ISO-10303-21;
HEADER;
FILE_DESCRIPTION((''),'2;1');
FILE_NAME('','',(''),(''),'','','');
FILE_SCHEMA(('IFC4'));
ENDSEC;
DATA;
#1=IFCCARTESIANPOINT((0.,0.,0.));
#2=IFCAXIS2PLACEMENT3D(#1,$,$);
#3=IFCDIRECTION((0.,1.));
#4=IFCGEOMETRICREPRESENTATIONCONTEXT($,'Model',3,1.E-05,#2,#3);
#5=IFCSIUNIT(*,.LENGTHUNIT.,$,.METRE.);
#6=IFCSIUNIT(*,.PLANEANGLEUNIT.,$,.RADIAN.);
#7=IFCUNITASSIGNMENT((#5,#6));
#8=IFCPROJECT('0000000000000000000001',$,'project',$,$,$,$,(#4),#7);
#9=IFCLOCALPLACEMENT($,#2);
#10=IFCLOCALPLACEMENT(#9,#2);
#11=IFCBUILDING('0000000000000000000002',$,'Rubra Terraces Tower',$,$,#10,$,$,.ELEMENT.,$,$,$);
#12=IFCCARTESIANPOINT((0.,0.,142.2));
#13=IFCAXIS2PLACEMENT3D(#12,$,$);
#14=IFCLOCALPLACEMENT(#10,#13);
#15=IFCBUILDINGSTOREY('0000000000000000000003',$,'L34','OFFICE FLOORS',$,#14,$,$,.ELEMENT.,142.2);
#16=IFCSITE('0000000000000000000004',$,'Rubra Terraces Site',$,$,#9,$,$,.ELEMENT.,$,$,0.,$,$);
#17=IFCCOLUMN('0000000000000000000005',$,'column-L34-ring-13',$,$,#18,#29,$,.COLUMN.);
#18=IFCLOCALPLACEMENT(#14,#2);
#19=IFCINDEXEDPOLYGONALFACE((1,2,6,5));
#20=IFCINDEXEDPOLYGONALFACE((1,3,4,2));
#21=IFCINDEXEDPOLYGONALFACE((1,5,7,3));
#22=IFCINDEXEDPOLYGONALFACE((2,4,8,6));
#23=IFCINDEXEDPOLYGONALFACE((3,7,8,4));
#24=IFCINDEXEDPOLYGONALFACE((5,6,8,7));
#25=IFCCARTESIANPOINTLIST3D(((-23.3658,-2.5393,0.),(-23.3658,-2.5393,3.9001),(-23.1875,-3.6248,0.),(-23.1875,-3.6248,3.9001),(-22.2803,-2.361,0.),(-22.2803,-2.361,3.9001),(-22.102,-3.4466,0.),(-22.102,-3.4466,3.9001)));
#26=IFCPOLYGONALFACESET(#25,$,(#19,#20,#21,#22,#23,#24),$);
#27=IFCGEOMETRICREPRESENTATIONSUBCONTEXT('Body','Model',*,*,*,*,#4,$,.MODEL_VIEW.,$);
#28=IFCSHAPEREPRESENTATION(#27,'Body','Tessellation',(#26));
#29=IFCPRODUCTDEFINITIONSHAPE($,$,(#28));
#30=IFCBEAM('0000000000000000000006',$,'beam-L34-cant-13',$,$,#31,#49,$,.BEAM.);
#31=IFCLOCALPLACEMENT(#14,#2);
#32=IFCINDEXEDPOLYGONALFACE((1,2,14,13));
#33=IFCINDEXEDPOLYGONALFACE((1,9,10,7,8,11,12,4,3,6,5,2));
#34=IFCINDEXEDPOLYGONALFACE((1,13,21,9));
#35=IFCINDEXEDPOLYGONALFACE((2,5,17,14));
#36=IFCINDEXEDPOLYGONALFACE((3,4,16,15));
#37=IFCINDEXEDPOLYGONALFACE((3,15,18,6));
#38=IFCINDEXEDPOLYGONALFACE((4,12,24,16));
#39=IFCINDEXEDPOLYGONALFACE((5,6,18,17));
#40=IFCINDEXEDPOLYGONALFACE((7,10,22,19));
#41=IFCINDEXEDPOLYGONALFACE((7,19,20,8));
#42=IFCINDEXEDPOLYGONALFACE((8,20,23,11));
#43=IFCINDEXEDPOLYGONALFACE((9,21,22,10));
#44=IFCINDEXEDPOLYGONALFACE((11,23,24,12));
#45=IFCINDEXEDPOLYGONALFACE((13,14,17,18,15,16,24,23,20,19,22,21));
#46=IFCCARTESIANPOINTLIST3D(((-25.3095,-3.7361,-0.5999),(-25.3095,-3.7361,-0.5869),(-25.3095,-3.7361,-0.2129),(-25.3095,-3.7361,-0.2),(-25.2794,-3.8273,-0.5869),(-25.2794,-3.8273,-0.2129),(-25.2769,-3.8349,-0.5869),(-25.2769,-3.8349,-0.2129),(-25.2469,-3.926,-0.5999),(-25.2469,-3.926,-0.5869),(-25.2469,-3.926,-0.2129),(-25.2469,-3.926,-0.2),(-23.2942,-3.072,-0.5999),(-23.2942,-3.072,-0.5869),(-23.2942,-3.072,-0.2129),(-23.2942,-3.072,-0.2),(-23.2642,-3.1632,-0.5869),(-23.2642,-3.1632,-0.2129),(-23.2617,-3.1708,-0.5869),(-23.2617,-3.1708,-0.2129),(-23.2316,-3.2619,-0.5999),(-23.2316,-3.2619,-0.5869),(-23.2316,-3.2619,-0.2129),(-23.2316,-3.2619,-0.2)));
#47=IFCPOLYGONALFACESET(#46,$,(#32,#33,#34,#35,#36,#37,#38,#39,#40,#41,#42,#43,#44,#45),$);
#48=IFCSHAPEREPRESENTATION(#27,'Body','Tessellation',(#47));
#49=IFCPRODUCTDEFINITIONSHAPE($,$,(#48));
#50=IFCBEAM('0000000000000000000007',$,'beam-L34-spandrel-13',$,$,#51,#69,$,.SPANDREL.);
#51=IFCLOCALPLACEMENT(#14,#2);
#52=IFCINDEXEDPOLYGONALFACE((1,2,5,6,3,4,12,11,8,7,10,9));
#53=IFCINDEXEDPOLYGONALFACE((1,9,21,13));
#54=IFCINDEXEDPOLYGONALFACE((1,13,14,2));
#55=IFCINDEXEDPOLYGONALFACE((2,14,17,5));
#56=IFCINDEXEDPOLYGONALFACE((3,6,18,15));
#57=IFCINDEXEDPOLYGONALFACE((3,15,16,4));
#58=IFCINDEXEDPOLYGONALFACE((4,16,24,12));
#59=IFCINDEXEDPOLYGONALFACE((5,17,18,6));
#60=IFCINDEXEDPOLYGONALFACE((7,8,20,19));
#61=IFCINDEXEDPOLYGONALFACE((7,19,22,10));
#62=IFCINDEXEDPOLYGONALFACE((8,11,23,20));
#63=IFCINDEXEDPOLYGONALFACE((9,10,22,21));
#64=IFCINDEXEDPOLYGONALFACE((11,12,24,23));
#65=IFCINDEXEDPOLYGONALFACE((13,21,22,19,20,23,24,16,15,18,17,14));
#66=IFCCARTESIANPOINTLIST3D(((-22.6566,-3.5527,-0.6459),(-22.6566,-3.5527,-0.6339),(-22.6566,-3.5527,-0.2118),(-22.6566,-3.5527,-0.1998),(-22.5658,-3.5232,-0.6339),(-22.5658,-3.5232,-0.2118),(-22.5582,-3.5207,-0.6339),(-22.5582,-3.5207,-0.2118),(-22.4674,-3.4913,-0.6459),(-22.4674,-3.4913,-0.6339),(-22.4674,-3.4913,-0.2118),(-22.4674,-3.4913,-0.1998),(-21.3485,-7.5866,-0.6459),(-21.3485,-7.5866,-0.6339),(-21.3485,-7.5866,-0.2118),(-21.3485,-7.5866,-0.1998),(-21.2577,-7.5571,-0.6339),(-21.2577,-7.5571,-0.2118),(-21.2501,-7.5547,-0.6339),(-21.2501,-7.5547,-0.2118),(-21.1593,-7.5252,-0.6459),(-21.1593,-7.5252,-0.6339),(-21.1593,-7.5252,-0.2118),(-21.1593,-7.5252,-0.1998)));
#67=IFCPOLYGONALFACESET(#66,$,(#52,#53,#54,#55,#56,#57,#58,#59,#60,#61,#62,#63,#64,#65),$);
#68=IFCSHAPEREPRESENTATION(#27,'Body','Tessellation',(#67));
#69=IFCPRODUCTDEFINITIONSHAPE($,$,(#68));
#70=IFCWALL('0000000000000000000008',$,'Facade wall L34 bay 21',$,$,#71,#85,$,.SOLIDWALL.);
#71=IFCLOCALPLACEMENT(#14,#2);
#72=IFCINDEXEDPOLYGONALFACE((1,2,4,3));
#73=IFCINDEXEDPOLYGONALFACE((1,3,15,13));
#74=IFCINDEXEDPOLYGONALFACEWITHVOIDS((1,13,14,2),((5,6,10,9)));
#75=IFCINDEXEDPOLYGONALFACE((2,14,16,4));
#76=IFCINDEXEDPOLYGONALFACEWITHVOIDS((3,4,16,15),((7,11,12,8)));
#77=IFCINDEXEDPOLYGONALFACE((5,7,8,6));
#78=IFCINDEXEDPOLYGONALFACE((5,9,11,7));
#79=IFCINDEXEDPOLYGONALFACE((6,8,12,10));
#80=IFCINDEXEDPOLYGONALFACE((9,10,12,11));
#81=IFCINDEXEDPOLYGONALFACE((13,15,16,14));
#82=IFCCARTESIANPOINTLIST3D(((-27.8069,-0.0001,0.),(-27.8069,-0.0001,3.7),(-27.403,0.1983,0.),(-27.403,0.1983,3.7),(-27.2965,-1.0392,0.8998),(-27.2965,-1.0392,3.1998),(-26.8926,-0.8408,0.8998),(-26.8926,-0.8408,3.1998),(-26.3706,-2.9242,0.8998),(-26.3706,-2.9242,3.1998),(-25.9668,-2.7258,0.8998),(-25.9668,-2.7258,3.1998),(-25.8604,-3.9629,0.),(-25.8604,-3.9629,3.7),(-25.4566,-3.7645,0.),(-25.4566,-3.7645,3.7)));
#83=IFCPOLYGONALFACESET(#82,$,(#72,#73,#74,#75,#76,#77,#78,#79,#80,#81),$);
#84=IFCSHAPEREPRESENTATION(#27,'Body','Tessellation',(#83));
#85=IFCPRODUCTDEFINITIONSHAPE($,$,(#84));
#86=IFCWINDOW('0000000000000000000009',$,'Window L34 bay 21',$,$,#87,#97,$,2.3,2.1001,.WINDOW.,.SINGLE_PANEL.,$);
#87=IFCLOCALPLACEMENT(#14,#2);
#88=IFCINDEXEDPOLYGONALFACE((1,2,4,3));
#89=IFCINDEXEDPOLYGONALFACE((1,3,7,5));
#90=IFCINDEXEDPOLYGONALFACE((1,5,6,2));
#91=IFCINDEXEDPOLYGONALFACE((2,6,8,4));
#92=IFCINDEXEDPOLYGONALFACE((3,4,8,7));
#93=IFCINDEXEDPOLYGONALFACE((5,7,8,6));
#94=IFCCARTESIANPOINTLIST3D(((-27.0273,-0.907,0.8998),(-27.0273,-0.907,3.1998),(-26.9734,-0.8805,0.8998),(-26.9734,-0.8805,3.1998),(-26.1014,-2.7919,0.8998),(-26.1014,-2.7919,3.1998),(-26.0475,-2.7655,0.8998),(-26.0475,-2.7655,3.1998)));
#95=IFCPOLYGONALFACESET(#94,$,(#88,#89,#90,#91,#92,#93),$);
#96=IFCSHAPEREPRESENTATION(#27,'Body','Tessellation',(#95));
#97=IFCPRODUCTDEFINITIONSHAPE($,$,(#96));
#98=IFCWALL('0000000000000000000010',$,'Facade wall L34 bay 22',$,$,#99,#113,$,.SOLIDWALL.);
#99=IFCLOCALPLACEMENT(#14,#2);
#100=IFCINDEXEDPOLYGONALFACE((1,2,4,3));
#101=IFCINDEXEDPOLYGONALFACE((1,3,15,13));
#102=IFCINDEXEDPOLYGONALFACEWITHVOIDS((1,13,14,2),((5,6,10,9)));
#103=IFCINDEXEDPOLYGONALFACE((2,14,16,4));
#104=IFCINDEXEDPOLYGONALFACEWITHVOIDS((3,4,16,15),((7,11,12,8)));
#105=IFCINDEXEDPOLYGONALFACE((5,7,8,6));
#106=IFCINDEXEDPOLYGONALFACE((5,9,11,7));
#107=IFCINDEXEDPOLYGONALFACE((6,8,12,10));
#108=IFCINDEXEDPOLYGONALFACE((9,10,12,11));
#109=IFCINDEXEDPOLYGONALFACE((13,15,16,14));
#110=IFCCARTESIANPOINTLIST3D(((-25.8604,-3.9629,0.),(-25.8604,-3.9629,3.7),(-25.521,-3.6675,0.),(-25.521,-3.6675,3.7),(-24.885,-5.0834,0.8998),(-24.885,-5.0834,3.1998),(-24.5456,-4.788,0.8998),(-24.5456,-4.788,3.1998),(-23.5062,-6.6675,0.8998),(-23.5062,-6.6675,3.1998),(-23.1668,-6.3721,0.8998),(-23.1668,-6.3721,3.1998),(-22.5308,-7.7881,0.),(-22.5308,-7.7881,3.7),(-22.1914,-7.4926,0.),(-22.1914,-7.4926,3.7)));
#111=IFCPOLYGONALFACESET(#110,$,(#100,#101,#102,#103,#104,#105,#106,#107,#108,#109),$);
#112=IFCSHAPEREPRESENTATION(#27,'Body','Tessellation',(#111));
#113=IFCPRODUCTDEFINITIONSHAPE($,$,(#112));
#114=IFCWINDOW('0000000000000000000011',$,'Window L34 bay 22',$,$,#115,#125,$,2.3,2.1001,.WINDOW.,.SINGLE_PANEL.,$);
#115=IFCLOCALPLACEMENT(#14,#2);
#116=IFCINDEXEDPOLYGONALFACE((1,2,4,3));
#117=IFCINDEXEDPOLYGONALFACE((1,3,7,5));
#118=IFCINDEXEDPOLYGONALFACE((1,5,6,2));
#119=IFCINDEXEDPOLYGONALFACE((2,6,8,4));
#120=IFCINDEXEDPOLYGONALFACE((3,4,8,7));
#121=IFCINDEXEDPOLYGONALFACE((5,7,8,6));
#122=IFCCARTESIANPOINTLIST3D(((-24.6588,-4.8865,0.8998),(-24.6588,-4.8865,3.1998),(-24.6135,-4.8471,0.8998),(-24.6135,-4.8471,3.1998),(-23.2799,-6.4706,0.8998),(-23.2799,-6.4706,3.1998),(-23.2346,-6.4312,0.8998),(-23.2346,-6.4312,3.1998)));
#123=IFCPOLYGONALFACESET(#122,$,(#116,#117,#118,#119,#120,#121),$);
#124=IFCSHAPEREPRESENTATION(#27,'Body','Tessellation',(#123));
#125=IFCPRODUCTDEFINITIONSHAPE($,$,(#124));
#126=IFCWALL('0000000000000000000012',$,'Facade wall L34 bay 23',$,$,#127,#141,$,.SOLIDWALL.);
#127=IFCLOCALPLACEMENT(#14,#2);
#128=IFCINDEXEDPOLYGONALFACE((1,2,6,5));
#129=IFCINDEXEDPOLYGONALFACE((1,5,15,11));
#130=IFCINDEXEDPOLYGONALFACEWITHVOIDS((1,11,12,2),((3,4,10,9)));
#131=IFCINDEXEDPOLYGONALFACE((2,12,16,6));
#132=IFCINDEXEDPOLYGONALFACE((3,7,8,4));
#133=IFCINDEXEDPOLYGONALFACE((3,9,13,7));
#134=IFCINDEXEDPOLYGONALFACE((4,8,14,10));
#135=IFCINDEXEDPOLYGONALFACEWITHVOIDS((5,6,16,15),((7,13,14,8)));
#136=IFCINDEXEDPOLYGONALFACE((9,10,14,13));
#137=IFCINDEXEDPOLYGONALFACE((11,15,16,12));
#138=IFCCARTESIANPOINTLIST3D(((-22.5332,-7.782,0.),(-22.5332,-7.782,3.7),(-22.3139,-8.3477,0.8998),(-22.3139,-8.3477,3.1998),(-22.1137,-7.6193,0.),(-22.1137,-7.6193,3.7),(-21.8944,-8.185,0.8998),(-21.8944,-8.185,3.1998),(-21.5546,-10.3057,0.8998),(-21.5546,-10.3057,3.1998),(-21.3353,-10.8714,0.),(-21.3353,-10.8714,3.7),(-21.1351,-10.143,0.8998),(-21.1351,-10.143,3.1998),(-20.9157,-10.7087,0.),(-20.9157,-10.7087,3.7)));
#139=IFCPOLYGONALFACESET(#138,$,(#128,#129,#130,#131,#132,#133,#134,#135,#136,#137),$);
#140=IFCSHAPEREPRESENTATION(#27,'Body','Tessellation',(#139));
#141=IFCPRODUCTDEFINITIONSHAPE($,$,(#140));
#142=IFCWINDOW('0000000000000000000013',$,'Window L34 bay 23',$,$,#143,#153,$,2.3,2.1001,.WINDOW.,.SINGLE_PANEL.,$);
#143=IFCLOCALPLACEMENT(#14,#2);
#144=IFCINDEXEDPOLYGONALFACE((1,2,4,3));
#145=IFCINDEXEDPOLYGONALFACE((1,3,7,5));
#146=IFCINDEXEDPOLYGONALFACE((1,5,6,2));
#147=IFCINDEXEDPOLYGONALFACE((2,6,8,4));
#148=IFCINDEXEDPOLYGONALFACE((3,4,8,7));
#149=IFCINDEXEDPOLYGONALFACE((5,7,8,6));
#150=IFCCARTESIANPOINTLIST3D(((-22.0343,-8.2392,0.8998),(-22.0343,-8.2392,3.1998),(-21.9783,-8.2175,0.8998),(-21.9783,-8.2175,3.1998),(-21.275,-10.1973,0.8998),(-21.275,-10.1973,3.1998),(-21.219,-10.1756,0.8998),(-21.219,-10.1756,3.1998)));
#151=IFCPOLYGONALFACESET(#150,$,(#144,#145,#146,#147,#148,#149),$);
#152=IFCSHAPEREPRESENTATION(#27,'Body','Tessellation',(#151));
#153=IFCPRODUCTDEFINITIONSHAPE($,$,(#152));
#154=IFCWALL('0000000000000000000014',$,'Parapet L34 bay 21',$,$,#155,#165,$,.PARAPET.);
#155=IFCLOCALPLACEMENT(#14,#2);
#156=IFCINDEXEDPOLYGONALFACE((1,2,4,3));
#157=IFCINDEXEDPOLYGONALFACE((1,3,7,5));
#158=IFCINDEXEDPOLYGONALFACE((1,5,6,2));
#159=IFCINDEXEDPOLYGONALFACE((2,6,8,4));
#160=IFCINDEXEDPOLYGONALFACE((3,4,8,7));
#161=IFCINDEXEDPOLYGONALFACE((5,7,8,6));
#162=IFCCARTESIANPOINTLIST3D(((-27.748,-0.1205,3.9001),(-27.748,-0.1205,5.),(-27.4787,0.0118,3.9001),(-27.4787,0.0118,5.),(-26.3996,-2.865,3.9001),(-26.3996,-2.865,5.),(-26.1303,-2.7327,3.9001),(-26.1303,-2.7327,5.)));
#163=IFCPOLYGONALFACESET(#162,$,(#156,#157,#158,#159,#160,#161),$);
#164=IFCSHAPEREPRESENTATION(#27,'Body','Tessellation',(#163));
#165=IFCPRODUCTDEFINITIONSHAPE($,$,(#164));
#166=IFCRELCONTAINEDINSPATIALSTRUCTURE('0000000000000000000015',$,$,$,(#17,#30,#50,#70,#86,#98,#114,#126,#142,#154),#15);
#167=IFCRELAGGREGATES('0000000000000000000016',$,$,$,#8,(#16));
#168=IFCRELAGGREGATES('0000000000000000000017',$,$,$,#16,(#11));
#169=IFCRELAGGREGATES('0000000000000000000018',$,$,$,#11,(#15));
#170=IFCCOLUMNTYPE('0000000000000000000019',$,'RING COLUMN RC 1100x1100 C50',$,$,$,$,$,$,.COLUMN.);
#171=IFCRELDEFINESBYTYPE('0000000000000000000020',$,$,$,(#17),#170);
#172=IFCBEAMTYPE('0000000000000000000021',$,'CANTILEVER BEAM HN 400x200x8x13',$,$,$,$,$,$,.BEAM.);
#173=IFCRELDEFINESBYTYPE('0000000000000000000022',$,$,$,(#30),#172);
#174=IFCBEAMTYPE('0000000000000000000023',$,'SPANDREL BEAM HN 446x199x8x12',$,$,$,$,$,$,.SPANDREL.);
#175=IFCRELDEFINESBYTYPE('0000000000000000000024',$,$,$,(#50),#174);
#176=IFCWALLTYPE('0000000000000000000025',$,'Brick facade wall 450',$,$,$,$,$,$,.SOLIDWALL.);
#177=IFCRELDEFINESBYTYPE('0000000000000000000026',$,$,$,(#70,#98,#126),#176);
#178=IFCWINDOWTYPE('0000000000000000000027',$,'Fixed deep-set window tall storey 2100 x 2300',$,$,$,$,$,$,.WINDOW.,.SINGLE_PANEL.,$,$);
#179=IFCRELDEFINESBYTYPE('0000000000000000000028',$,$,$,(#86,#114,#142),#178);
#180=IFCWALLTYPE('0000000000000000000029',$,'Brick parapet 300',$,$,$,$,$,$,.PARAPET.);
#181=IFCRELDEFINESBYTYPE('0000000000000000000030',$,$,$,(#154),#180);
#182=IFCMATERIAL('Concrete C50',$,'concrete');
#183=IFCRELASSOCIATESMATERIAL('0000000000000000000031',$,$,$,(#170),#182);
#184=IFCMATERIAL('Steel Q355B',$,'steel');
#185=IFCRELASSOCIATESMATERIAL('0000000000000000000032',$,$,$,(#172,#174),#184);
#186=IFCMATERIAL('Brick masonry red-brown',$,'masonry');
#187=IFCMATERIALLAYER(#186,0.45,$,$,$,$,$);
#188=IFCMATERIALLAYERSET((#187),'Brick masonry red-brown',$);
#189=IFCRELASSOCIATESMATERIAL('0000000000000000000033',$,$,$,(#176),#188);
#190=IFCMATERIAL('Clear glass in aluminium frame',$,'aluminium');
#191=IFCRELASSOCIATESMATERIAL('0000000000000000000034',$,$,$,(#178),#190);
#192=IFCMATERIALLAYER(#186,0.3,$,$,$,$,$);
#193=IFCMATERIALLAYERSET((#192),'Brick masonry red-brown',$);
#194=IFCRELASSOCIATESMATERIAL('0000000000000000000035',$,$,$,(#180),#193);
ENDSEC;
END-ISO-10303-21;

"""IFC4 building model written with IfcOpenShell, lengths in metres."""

from ifc_helpers import new_model, si_unit, direction, frame, frame_2d, origin, origin_2d, place, context, subcontext, project, spatial, rectangle, i_section, extrude, material, layer, layer_set, material_profile, profile_set, type_object, element, fill, save


model = new_model("IFC4")

# Units and contexts
model_context = context("Model", 3, precision=1e-05, world=origin(), true_north=direction((0.0, 1.0)))
body_context = subcontext(model_context, "Body", "Model", "MODEL_VIEW")
ifc_project = project(units=[si_unit("LENGTHUNIT", "METRE"), si_unit("PLANEANGLEUNIT", "RADIAN")], contexts=[model_context])

# Site, building, storey
site_placement = place(None, origin())
site = spatial("IfcSite", under=ifc_project, at=site_placement, Name="Rubra Terraces Site", CompositionType="ELEMENT", RefElevation=0.0)
building_placement = place(site_placement, origin())
building = spatial("IfcBuilding", under=site, at=building_placement, Name="Rubra Terraces Tower", CompositionType="ELEMENT")
storey_placement = place(building_placement, frame((0.0, 0.0, 142.2)))
storey = spatial("IfcBuildingStorey", under=building, at=storey_placement, Name="L34", Description="OFFICE FLOORS", CompositionType="ELEMENT", Elevation=142.2)

# Column
ifc_material_1 = material(Name="Concrete C50", Category="concrete")
ifc_material_profile_1 = material_profile(ifc_material_1, rectangle(XDim=1.1001, YDim=1.1001, at=origin_2d()), Name="RC 1100x1100")
ifc_profile_set_1 = profile_set([ifc_material_profile_1], Name="Concrete C50")
column_type = type_object("IfcColumnType", Name="RING COLUMN RC 1100x1100 C50", PredefinedType="COLUMN", material=ifc_profile_set_1)
column_placement = place(storey_placement, frame((-22.7339, -2.9929, 0.0), z_axis=(0.0, 0.0, 1.0), x_axis=(0.162062, -0.986781, 0.0)))
element("IfcColumn", 1, at=column_placement, inside=storey, type_object=column_type, Name="column-L34-ring-13", PredefinedType="COLUMN", context=body_context, shape_type="SweptSolid", body=[
    extrude(rectangle(XDim=1.1001, YDim=1.1001, at=origin_2d()), origin(), (0.0, 0.0, 1.0), 3.9001),
])

# Beams
ifc_material_2 = material(Name="Steel Q355B", Category="steel")
ifc_material_profile_2 = material_profile(ifc_material_2, i_section(OverallWidth=0.2, OverallDepth=0.3999, WebThickness=0.0081, FlangeThickness=0.0129, at=origin_2d()), Name="HN 400x200x8x13")
ifc_profile_set_2 = profile_set([ifc_material_profile_2], Name="Steel Q355B")
beam_type_1 = type_object("IfcBeamType", Name="CANTILEVER BEAM HN 400x200x8x13", PredefinedType="BEAM", material=ifc_profile_set_2)
beam_1_placement = place(storey_placement, frame((-23.2629, -3.167, -0.3999), z_axis=(-0.949759, -0.312981, 0.0), x_axis=(0.312981, -0.949759, 0.0)))
element("IfcBeam", 2, at=beam_1_placement, inside=storey, type_object=beam_type_1, Name="beam-L34-cant-13", PredefinedType="BEAM", context=body_context, shape_type="SweptSolid", body=[
    extrude(i_section(OverallWidth=0.2, OverallDepth=0.3999, WebThickness=0.0081, FlangeThickness=0.0129, at=origin_2d()), origin(), (0.0, 0.0, 1.0), 2.1218),
])
ifc_material_profile_3 = material_profile(ifc_material_2, i_section(OverallWidth=0.199, OverallDepth=0.446, WebThickness=0.0081, FlangeThickness=0.012, at=origin_2d()), Name="HN 446x199x8x12")
ifc_profile_set_3 = profile_set([ifc_material_profile_3], Name="Steel Q355B")
beam_type_2 = type_object("IfcBeamType", Name="SPANDREL BEAM HN 446x199x8x12", PredefinedType="SPANDREL", material=ifc_profile_set_3)
beam_2_placement = place(storey_placement, frame((-22.562, -3.522, -0.4229), z_axis=(0.308462, -0.951237, 0.0), x_axis=(0.951237, 0.308462, 0.0)))
element("IfcBeam", 3, at=beam_2_placement, inside=storey, type_object=beam_type_2, Name="beam-L34-spandrel-13", PredefinedType="SPANDREL", context=body_context, shape_type="SweptSolid", body=[
    extrude(i_section(OverallWidth=0.199, OverallDepth=0.446, WebThickness=0.0081, FlangeThickness=0.012, at=origin_2d()), origin(), (0.0, 0.0, 1.0), 4.2407),
])

# Walls, openings, windows
ifc_material_3 = material(Name="Brick masonry red-brown", Category="masonry")
ifc_layer_1 = layer(ifc_material_3, 0.45)
ifc_layer_set_1 = layer_set([ifc_layer_1], Name="Brick masonry red-brown")
wall_type_1 = type_object("IfcWallType", Name="Brick facade wall 450", PredefinedType="SOLIDWALL", material=ifc_layer_set_1)
wall_1_placement = place(storey_placement, frame((-27.605, 0.0991, 0.0), z_axis=(0.0, 0.0, 1.0), x_axis=(0.440877, -0.897568, 0.0)))
wall_1 = element("IfcWall", 4, at=wall_1_placement, inside=storey, type_object=wall_type_1, Name="Facade wall L34 bay 21", PredefinedType="SOLIDWALL", context=body_context, shape_type="SweptSolid", body=[
    extrude(rectangle(XDim=4.415, YDim=0.45, at=frame_2d((2.2075, 0.0))), origin(), (0.0, 0.0, 1.0), 3.7),
])
opening_1_placement = place(wall_1_placement, frame((1.1577, 0.0, 0.8999)))
opening_1 = element("IfcOpeningElement", 5, at=opening_1_placement, cuts=wall_1, PredefinedType="OPENING", context=body_context, shape_type="SweptSolid", body=[
    extrude(rectangle(XDim=2.1001, YDim=2.3, at=frame_2d((1.05, 1.1499))), frame((0.0, 0.2349, 0.0), z_axis=(0.0, -1.0, 0.0), x_axis=(1.0, 0.0, 0.0)), (0.0, 0.0, 1.0), 0.47),
])
ifc_material_4 = material(Name="Clear glass in aluminium frame", Category="aluminium")
window_type = type_object("IfcWindowType", Name="Fixed deep-set window tall storey 2100 x 2300", PartitioningType="SINGLE_PANEL", PredefinedType="WINDOW", material=ifc_material_4)
window_1_placement = place(opening_1_placement, origin())
window_1 = element("IfcWindow", 6, at=window_1_placement, inside=storey, type_object=window_type, Name="Window L34 bay 21", OverallHeight=2.3, OverallWidth=2.1001, PartitioningType="SINGLE_PANEL", PredefinedType="WINDOW", context=body_context, shape_type="SweptSolid", body=[
    extrude(rectangle(XDim=2.1001, YDim=2.3, at=frame_2d((1.05, 1.1499))), frame((0.0, 0.135, 0.0), z_axis=(0.0, -1.0, 0.0), x_axis=(1.0, 0.0, 0.0)), (0.0, 0.0, 1.0), 0.0601),
])
fill(opening_1, window_1)
wall_2_placement = place(storey_placement, frame((-25.6907, -3.8152, 0.0), z_axis=(0.0, 0.0, 1.0), x_axis=(0.656553, -0.75428, 0.0)))
wall_2 = element("IfcWall", 7, at=wall_2_placement, inside=storey, type_object=wall_type_1, Name="Facade wall L34 bay 22", PredefinedType="SOLIDWALL", context=body_context, shape_type="SweptSolid", body=[
    extrude(rectangle(XDim=5.0713, YDim=0.45, at=frame_2d((2.5356, 0.0))), origin(), (0.0, 0.0, 1.0), 3.7),
])
opening_2_placement = place(wall_2_placement, frame((1.4856, 0.0, 0.8999)))
opening_2 = element("IfcOpeningElement", 8, at=opening_2_placement, cuts=wall_2, PredefinedType="OPENING", context=body_context, shape_type="SweptSolid", body=[
    extrude(rectangle(XDim=2.1001, YDim=2.3, at=frame_2d((1.05, 1.1499))), frame((0.0, 0.2349, 0.0), z_axis=(0.0, -1.0, 0.0), x_axis=(1.0, 0.0, 0.0)), (0.0, 0.0, 1.0), 0.47),
])
window_2_placement = place(opening_2_placement, origin())
window_2 = element("IfcWindow", 9, at=window_2_placement, inside=storey, type_object=window_type, Name="Window L34 bay 22", OverallHeight=2.3, OverallWidth=2.1001, PartitioningType="SINGLE_PANEL", PredefinedType="WINDOW", context=body_context, shape_type="SweptSolid", body=[
    extrude(rectangle(XDim=2.1001, YDim=2.3, at=frame_2d((1.05, 1.1499))), frame((0.0, 0.135, 0.0), z_axis=(0.0, -1.0, 0.0), x_axis=(1.0, 0.0, 0.0)), (0.0, 0.0, 1.0), 0.0601),
])
fill(opening_2, window_2)
wall_3_placement = place(storey_placement, frame((-22.3235, -7.7007, 0.0), z_axis=(0.0, 0.0, 1.0), x_axis=(0.36155, -0.932353, 0.0)))
wall_3 = element("IfcWall", 10, at=wall_3_placement, inside=storey, type_object=wall_type_1, Name="Facade wall L34 bay 23", PredefinedType="SOLIDWALL", context=body_context, shape_type="SweptSolid", body=[
    extrude(rectangle(XDim=3.3135, YDim=0.45, at=frame_2d((1.6567, 0.0))), origin(), (0.0, 0.0, 1.0), 3.7),
])
opening_3_placement = place(wall_3_placement, frame((0.6067, 0.0, 0.8999)))
opening_3 = element("IfcOpeningElement", 11, at=opening_3_placement, cuts=wall_3, PredefinedType="OPENING", context=body_context, shape_type="SweptSolid", body=[
    extrude(rectangle(XDim=2.1001, YDim=2.3, at=frame_2d((1.05, 1.1499))), frame((0.0, 0.2349, 0.0), z_axis=(0.0, -1.0, 0.0), x_axis=(1.0, 0.0, 0.0)), (0.0, 0.0, 1.0), 0.47),
])
window_3_placement = place(opening_3_placement, origin())
window_3 = element("IfcWindow", 12, at=window_3_placement, inside=storey, type_object=window_type, Name="Window L34 bay 23", OverallHeight=2.3, OverallWidth=2.1001, PartitioningType="SINGLE_PANEL", PredefinedType="WINDOW", context=body_context, shape_type="SweptSolid", body=[
    extrude(rectangle(XDim=2.1001, YDim=2.3, at=frame_2d((1.05, 1.1499))), frame((0.0, 0.135, 0.0), z_axis=(0.0, -1.0, 0.0), x_axis=(1.0, 0.0, 0.0)), (0.0, 0.0, 1.0), 0.0601),
])
fill(opening_3, window_3)

# Wall
ifc_layer_2 = layer(ifc_material_3, 0.3)
ifc_layer_set_2 = layer_set([ifc_layer_2], Name="Brick masonry red-brown")
wall_type_2 = type_object("IfcWallType", Name="Brick parapet 300", PredefinedType="PARAPET", material=ifc_layer_set_2)
wall_4_placement = place(storey_placement, frame((-27.6133, -0.0544, 3.9001), z_axis=(0.0, 0.0, 1.0), x_axis=(0.440943, -0.897535, 0.0)))
element("IfcWall", 13, at=wall_4_placement, inside=storey, type_object=wall_type_2, Name="Parapet L34 bay 21", PredefinedType="PARAPET", context=body_context, shape_type="SweptSolid", body=[
    extrude(rectangle(XDim=3.0579, YDim=0.3, at=frame_2d((1.5288, 0.0))), origin(), (0.0, 0.0, 1.0), 1.0999),
])

save(model, "model.ifc")
